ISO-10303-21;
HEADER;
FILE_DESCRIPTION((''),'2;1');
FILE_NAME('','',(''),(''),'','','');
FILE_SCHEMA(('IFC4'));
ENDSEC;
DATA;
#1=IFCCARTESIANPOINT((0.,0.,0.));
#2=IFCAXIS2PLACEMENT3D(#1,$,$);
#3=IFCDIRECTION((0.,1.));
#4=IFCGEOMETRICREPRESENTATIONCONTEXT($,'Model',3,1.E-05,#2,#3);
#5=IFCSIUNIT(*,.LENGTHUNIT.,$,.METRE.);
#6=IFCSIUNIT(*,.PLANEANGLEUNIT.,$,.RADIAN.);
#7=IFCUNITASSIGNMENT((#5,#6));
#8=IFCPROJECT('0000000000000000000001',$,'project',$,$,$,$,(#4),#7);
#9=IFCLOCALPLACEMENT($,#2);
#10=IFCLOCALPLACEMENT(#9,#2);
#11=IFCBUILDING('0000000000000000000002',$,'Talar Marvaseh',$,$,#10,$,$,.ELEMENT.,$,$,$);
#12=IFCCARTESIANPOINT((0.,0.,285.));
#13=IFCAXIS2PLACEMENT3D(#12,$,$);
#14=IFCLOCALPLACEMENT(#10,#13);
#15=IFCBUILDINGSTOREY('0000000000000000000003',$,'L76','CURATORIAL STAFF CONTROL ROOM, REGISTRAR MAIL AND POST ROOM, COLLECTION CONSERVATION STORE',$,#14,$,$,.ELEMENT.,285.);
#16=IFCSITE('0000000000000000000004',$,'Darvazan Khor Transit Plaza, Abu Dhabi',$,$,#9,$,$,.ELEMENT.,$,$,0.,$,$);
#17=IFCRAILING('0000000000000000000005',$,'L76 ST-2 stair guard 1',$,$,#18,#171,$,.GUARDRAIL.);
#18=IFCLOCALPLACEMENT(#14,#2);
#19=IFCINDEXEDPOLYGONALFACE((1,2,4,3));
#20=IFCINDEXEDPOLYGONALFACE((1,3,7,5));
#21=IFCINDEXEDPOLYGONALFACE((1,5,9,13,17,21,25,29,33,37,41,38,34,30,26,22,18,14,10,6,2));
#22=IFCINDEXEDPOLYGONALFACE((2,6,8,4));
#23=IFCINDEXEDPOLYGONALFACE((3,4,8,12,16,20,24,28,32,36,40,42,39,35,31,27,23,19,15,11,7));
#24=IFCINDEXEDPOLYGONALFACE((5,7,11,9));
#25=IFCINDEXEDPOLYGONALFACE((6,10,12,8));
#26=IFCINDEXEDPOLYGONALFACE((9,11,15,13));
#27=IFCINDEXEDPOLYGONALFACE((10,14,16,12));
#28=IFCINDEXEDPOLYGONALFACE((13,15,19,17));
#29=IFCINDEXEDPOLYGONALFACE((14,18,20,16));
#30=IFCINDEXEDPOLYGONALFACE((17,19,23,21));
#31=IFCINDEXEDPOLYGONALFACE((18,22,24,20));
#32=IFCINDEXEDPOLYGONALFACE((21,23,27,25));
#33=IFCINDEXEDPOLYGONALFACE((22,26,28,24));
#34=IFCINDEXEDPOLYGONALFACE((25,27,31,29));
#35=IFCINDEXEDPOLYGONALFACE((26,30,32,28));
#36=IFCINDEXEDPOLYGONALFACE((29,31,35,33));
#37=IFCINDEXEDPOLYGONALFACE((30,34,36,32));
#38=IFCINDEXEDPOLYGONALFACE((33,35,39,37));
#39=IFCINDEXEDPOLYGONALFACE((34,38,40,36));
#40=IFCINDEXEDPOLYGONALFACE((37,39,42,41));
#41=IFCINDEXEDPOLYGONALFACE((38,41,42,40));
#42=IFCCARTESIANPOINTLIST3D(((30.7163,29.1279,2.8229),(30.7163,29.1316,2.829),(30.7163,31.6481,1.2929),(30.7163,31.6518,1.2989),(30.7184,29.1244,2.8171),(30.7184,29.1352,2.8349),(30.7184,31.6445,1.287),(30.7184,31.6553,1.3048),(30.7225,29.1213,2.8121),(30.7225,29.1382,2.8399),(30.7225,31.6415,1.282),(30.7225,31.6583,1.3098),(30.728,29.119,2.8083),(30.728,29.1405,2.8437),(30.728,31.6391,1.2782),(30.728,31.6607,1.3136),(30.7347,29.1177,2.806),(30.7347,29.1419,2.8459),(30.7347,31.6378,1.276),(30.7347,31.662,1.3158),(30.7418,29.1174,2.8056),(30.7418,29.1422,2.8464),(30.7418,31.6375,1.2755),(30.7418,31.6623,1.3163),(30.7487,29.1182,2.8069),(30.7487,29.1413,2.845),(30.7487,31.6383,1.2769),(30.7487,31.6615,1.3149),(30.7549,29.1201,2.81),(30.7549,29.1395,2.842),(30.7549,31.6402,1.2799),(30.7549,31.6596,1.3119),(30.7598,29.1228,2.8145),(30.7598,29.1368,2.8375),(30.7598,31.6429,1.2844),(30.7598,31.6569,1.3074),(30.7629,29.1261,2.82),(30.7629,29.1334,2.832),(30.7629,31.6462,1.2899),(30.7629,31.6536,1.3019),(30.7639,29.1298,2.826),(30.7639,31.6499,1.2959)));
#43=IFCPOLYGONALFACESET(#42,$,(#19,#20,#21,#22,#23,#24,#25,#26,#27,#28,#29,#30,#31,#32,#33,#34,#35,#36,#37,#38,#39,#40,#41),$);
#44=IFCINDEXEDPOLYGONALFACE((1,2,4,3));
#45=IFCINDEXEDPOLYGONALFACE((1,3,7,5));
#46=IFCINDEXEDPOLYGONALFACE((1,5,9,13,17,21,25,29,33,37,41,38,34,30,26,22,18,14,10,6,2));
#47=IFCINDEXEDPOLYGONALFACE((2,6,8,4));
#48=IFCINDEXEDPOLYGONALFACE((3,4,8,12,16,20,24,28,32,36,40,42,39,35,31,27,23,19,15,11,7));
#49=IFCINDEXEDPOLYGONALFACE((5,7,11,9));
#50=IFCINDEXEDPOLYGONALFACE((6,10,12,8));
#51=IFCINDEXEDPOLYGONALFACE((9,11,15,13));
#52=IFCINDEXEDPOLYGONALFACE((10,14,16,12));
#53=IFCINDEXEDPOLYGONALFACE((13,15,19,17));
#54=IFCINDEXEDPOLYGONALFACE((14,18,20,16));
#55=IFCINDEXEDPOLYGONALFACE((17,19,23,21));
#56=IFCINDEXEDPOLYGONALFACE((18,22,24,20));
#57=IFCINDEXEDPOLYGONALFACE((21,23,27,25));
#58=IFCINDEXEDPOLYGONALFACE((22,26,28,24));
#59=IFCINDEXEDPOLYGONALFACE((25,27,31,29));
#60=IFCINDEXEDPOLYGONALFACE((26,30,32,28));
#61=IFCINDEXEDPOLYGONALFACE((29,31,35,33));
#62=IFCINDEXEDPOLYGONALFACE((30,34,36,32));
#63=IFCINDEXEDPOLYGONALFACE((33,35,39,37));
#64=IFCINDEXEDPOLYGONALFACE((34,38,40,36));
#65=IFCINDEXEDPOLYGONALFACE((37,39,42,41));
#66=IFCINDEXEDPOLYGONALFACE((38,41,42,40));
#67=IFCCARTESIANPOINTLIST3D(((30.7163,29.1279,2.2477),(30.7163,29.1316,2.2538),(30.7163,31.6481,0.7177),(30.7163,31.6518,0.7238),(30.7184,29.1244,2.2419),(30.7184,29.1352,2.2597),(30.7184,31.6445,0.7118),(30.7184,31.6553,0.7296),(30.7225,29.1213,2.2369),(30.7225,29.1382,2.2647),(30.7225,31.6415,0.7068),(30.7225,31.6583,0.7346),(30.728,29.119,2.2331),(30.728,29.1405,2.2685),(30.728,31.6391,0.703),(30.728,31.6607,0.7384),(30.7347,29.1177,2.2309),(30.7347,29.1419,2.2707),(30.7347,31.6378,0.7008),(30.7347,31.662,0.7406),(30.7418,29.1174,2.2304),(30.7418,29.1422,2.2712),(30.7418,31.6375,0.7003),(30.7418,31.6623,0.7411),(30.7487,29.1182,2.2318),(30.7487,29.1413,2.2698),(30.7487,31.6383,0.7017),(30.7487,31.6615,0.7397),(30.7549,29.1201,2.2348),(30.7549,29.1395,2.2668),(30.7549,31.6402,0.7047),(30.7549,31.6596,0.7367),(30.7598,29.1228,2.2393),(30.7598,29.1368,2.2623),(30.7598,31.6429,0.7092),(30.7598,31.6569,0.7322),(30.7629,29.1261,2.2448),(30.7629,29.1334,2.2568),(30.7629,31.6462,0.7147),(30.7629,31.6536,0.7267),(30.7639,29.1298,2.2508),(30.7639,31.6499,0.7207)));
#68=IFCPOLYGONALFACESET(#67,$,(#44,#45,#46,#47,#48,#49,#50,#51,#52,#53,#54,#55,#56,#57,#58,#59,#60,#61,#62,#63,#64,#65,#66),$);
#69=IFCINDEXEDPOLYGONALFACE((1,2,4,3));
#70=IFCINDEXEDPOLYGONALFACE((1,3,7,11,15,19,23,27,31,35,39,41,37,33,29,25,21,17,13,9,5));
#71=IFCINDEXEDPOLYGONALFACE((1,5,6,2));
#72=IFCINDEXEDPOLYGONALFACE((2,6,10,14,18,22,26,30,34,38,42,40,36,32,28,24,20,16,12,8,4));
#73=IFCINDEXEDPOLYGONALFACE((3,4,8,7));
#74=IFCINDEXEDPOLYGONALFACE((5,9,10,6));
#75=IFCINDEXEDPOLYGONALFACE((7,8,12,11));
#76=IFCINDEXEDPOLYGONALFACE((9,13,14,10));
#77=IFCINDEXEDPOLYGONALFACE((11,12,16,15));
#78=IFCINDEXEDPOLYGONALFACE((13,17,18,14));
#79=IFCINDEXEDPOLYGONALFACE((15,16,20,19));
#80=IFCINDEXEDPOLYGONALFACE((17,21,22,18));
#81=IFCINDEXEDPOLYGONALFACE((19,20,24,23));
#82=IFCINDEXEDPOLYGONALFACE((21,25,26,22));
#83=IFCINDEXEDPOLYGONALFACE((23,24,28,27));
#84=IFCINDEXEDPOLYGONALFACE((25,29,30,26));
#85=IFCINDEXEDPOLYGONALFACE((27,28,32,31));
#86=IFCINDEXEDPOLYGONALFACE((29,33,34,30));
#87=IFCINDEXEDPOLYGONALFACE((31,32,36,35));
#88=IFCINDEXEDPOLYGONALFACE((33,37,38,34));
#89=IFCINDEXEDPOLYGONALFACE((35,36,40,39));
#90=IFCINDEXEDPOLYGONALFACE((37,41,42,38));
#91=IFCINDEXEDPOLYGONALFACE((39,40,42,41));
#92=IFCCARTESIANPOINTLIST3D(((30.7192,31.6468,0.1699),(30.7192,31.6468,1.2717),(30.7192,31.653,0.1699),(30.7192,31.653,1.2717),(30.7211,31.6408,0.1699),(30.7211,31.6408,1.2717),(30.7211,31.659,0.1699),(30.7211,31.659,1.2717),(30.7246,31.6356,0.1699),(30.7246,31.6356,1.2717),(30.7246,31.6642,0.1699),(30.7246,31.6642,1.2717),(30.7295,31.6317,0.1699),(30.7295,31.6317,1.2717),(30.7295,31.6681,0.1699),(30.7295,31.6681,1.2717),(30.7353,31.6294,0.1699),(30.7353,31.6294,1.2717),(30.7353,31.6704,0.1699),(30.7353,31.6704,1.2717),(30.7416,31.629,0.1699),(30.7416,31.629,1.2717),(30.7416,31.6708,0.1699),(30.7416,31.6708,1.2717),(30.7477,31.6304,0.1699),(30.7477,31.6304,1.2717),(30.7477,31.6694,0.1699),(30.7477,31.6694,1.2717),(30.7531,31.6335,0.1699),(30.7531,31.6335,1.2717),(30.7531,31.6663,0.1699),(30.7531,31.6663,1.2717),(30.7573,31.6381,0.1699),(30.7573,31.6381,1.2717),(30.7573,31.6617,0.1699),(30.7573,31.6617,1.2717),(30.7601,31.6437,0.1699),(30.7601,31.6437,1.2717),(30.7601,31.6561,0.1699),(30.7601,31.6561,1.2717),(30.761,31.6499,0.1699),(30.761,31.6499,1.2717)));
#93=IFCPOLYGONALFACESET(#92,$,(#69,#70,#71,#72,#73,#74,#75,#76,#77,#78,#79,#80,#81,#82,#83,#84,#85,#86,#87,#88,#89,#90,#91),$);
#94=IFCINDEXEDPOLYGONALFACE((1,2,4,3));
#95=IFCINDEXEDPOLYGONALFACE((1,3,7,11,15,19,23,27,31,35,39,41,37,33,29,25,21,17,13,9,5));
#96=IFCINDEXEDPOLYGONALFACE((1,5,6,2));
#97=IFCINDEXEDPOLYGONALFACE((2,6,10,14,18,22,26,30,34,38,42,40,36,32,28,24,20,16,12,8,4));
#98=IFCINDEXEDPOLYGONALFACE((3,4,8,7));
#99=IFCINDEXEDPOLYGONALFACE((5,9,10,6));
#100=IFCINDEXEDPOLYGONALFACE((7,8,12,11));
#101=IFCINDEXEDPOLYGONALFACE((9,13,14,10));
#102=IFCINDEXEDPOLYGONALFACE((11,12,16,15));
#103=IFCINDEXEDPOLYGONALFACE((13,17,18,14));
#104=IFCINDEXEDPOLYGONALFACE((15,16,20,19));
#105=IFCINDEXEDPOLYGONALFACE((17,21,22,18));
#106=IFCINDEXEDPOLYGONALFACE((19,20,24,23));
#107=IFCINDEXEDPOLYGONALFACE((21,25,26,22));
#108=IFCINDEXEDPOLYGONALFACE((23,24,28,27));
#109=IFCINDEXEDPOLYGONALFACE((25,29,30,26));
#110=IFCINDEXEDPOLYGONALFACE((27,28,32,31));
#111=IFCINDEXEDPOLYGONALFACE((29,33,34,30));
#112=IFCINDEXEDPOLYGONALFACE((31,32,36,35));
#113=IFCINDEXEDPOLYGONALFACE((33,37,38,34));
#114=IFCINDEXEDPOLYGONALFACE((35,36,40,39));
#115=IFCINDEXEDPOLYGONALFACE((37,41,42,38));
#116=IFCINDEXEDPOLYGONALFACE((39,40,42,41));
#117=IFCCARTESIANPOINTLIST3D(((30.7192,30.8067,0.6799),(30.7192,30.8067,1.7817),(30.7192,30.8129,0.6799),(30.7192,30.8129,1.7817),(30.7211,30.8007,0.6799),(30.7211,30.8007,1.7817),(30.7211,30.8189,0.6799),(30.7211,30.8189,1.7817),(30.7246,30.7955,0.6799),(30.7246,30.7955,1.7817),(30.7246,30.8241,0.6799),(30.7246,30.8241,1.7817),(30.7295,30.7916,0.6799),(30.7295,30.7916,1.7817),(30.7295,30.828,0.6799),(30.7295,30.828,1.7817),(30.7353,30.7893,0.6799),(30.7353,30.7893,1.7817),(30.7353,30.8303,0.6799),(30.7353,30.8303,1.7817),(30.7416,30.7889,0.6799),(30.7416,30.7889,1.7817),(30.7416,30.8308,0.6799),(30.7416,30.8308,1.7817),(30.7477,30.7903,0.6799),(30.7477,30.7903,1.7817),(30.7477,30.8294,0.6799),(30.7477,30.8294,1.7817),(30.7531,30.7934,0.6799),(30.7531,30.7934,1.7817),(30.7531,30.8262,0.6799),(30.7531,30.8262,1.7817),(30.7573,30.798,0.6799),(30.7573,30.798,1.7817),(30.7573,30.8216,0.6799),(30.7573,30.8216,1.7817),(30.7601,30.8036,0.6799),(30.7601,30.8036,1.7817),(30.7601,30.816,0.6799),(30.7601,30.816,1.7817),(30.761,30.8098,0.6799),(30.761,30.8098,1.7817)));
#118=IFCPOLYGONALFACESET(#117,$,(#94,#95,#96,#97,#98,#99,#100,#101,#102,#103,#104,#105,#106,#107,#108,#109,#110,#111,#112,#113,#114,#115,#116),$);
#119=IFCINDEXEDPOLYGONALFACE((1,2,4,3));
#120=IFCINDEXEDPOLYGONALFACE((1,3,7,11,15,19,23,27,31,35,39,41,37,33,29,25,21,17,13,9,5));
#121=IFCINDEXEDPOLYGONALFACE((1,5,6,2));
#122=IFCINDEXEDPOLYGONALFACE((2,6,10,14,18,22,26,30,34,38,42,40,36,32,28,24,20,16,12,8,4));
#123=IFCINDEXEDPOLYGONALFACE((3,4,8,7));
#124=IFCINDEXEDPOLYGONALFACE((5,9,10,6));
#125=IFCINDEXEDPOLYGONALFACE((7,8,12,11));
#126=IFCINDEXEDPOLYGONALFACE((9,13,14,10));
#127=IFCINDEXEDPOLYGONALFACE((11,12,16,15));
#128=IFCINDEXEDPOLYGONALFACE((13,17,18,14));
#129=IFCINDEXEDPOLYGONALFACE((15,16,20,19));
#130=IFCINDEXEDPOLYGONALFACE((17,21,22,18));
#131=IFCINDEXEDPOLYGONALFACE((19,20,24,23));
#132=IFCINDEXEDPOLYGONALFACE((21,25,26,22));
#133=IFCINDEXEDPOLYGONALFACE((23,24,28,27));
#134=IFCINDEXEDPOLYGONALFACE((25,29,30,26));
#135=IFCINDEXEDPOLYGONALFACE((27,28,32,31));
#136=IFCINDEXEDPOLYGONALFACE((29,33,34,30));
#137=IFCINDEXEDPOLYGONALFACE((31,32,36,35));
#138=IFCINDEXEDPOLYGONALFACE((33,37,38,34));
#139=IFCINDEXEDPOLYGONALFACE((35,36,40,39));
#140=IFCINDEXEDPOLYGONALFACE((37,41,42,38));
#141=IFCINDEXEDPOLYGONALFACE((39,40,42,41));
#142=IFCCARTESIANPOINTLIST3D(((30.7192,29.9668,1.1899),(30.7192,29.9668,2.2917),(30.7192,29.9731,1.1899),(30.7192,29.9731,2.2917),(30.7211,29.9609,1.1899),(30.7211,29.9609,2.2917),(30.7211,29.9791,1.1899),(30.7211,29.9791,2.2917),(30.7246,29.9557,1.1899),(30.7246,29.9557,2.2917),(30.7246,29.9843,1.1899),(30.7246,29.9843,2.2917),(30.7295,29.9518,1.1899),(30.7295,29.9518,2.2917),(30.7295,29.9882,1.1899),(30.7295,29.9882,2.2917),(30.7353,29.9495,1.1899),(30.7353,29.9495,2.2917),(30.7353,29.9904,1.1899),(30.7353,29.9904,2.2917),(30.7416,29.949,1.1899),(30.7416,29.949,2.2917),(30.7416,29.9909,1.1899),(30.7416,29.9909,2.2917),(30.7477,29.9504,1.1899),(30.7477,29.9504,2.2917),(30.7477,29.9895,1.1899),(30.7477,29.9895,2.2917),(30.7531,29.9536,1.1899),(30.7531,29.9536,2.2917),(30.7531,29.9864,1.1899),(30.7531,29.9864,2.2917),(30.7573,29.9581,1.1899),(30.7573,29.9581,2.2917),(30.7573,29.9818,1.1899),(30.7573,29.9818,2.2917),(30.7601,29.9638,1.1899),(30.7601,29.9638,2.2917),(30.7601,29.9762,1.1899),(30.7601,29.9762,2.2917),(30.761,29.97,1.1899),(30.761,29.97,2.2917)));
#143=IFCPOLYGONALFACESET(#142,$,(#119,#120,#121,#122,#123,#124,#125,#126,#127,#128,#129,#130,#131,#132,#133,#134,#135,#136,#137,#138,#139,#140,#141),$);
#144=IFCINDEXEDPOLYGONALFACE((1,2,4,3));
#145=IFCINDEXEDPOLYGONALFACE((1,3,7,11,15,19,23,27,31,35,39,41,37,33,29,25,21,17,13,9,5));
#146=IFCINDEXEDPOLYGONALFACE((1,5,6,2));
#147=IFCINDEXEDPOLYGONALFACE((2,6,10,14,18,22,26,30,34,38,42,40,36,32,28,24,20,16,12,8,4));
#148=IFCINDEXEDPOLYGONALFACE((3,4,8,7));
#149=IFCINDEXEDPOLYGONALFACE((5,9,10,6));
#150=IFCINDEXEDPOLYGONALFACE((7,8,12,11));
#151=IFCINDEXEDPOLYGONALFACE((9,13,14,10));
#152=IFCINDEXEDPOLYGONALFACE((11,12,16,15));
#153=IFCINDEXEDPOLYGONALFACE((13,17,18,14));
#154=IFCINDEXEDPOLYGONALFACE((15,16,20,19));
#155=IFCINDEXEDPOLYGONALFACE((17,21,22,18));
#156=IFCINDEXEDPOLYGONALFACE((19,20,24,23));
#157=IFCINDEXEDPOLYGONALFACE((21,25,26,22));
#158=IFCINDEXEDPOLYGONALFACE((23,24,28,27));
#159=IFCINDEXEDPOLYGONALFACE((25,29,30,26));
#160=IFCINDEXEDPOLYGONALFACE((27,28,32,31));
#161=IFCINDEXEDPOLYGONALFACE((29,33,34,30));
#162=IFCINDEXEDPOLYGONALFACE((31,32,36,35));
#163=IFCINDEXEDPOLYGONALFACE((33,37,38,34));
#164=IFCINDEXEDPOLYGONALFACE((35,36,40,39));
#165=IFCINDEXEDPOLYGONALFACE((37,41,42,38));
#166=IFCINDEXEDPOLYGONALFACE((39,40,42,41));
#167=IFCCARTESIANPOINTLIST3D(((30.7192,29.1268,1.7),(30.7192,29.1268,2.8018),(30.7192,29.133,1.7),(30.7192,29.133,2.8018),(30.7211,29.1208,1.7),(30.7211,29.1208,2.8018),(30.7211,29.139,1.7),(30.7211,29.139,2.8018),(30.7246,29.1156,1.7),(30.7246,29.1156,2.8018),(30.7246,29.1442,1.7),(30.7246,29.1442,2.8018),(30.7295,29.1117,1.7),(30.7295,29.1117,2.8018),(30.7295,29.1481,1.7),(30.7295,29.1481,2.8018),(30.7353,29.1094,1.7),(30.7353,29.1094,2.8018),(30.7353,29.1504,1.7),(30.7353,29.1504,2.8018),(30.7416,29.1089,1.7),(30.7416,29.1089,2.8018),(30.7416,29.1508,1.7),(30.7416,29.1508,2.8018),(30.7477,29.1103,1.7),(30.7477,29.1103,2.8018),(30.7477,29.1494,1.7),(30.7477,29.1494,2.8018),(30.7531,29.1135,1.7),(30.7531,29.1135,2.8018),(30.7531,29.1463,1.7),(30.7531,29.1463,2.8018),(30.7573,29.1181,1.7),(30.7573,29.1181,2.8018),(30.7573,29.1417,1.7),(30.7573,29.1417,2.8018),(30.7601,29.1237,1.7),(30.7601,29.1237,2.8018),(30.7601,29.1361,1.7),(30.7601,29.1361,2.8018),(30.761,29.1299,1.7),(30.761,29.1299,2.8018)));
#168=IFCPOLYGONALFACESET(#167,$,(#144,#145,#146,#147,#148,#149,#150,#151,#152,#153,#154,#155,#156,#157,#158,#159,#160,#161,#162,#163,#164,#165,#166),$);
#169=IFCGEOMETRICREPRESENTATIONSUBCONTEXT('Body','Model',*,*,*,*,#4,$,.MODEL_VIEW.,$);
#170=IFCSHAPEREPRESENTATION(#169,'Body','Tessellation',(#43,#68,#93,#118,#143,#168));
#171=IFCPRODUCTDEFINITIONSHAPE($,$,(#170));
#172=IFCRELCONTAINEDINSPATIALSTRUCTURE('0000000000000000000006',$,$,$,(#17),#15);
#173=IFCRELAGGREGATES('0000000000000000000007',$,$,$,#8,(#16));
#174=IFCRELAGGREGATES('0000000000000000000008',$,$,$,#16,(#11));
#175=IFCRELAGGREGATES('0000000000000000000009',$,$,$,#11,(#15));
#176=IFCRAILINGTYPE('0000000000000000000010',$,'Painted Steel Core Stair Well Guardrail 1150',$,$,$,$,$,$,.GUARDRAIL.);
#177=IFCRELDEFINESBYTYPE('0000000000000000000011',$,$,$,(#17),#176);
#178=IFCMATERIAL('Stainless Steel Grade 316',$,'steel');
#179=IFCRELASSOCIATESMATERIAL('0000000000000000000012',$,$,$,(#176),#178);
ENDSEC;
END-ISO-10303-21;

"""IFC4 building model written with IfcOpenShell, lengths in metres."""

from ifc_helpers import new_model, si_unit, direction, frame, origin, origin_2d, place, context, subcontext, project, spatial, circle, extrude, material, type_object, element, save


model = new_model("IFC4")

# Units and contexts
model_context = context("Model", 3, precision=1e-05, world=origin(), true_north=direction((0.0, 1.0)))
body_context = subcontext(model_context, "Body", "Model", "MODEL_VIEW")
ifc_project = project(units=[si_unit("LENGTHUNIT", "METRE"), si_unit("PLANEANGLEUNIT", "RADIAN")], contexts=[model_context])

# Site, building, storey
site_placement = place(None, origin())
site = spatial("IfcSite", under=ifc_project, at=site_placement, Name="Darvazan Khor Transit Plaza, Abu Dhabi", CompositionType="ELEMENT", RefElevation=0.0)
building_placement = place(site_placement, origin())
building = spatial("IfcBuilding", under=site, at=building_placement, Name="Talar Marvaseh", CompositionType="ELEMENT")
storey_placement = place(building_placement, frame((0.0, 0.0, 285.0)))
storey = spatial("IfcBuildingStorey", under=building, at=storey_placement, Name="L76", Description="CURATORIAL STAFF CONTROL ROOM, REGISTRAR MAIL AND POST ROOM, COLLECTION CONSERVATION STORE", CompositionType="ELEMENT", Elevation=285.0)

# Shared definitions
ifc_material_1 = material(Name="Stainless Steel Grade 316", Category="steel")

# Railing
railing_type_1 = type_object("IfcRailingType", Name="Painted Steel Core Stair Well Guardrail 1150", PredefinedType="GUARDRAIL", material=ifc_material_1)
railing_1_placement = place(storey_placement, frame((30.74, 31.6499, 0.1699)))
element("IfcRailing", 1, at=railing_1_placement, inside=storey, type_object=railing_type_1, Name="L76 ST-2 stair guard 1", PredefinedType="GUARDRAIL", context=body_context, shape_type="SweptSolid", body=[
    extrude(circle(Radius=0.0239, at=origin_2d()), frame((0.0, 0.0, 1.126), z_axis=(0.0, -0.854785, 0.518982), x_axis=(1.0, 0.0, 0.0)), (0.0, 0.0, 1.0), 2.9482),
    extrude(circle(Radius=0.0239, at=origin_2d()), frame((0.0, 0.0, 0.5508), z_axis=(0.0, -0.854785, 0.518982), x_axis=(1.0, 0.0, 0.0)), (0.0, 0.0, 1.0), 2.9482),
    extrude(circle(Radius=0.021, at=origin_2d()), origin(), (0.0, 0.0, 1.0), 1.1018),
    extrude(circle(Radius=0.021, at=origin_2d()), frame((0.0, -0.8401, 0.51)), (0.0, 0.0, 1.0), 1.1018),
    extrude(circle(Radius=0.021, at=origin_2d()), frame((0.0, -1.6799, 1.02)), (0.0, 0.0, 1.0), 1.1018),
    extrude(circle(Radius=0.021, at=origin_2d()), frame((0.0, -2.52, 1.53)), (0.0, 0.0, 1.0), 1.1018),
])

save(model, "model.ifc")
